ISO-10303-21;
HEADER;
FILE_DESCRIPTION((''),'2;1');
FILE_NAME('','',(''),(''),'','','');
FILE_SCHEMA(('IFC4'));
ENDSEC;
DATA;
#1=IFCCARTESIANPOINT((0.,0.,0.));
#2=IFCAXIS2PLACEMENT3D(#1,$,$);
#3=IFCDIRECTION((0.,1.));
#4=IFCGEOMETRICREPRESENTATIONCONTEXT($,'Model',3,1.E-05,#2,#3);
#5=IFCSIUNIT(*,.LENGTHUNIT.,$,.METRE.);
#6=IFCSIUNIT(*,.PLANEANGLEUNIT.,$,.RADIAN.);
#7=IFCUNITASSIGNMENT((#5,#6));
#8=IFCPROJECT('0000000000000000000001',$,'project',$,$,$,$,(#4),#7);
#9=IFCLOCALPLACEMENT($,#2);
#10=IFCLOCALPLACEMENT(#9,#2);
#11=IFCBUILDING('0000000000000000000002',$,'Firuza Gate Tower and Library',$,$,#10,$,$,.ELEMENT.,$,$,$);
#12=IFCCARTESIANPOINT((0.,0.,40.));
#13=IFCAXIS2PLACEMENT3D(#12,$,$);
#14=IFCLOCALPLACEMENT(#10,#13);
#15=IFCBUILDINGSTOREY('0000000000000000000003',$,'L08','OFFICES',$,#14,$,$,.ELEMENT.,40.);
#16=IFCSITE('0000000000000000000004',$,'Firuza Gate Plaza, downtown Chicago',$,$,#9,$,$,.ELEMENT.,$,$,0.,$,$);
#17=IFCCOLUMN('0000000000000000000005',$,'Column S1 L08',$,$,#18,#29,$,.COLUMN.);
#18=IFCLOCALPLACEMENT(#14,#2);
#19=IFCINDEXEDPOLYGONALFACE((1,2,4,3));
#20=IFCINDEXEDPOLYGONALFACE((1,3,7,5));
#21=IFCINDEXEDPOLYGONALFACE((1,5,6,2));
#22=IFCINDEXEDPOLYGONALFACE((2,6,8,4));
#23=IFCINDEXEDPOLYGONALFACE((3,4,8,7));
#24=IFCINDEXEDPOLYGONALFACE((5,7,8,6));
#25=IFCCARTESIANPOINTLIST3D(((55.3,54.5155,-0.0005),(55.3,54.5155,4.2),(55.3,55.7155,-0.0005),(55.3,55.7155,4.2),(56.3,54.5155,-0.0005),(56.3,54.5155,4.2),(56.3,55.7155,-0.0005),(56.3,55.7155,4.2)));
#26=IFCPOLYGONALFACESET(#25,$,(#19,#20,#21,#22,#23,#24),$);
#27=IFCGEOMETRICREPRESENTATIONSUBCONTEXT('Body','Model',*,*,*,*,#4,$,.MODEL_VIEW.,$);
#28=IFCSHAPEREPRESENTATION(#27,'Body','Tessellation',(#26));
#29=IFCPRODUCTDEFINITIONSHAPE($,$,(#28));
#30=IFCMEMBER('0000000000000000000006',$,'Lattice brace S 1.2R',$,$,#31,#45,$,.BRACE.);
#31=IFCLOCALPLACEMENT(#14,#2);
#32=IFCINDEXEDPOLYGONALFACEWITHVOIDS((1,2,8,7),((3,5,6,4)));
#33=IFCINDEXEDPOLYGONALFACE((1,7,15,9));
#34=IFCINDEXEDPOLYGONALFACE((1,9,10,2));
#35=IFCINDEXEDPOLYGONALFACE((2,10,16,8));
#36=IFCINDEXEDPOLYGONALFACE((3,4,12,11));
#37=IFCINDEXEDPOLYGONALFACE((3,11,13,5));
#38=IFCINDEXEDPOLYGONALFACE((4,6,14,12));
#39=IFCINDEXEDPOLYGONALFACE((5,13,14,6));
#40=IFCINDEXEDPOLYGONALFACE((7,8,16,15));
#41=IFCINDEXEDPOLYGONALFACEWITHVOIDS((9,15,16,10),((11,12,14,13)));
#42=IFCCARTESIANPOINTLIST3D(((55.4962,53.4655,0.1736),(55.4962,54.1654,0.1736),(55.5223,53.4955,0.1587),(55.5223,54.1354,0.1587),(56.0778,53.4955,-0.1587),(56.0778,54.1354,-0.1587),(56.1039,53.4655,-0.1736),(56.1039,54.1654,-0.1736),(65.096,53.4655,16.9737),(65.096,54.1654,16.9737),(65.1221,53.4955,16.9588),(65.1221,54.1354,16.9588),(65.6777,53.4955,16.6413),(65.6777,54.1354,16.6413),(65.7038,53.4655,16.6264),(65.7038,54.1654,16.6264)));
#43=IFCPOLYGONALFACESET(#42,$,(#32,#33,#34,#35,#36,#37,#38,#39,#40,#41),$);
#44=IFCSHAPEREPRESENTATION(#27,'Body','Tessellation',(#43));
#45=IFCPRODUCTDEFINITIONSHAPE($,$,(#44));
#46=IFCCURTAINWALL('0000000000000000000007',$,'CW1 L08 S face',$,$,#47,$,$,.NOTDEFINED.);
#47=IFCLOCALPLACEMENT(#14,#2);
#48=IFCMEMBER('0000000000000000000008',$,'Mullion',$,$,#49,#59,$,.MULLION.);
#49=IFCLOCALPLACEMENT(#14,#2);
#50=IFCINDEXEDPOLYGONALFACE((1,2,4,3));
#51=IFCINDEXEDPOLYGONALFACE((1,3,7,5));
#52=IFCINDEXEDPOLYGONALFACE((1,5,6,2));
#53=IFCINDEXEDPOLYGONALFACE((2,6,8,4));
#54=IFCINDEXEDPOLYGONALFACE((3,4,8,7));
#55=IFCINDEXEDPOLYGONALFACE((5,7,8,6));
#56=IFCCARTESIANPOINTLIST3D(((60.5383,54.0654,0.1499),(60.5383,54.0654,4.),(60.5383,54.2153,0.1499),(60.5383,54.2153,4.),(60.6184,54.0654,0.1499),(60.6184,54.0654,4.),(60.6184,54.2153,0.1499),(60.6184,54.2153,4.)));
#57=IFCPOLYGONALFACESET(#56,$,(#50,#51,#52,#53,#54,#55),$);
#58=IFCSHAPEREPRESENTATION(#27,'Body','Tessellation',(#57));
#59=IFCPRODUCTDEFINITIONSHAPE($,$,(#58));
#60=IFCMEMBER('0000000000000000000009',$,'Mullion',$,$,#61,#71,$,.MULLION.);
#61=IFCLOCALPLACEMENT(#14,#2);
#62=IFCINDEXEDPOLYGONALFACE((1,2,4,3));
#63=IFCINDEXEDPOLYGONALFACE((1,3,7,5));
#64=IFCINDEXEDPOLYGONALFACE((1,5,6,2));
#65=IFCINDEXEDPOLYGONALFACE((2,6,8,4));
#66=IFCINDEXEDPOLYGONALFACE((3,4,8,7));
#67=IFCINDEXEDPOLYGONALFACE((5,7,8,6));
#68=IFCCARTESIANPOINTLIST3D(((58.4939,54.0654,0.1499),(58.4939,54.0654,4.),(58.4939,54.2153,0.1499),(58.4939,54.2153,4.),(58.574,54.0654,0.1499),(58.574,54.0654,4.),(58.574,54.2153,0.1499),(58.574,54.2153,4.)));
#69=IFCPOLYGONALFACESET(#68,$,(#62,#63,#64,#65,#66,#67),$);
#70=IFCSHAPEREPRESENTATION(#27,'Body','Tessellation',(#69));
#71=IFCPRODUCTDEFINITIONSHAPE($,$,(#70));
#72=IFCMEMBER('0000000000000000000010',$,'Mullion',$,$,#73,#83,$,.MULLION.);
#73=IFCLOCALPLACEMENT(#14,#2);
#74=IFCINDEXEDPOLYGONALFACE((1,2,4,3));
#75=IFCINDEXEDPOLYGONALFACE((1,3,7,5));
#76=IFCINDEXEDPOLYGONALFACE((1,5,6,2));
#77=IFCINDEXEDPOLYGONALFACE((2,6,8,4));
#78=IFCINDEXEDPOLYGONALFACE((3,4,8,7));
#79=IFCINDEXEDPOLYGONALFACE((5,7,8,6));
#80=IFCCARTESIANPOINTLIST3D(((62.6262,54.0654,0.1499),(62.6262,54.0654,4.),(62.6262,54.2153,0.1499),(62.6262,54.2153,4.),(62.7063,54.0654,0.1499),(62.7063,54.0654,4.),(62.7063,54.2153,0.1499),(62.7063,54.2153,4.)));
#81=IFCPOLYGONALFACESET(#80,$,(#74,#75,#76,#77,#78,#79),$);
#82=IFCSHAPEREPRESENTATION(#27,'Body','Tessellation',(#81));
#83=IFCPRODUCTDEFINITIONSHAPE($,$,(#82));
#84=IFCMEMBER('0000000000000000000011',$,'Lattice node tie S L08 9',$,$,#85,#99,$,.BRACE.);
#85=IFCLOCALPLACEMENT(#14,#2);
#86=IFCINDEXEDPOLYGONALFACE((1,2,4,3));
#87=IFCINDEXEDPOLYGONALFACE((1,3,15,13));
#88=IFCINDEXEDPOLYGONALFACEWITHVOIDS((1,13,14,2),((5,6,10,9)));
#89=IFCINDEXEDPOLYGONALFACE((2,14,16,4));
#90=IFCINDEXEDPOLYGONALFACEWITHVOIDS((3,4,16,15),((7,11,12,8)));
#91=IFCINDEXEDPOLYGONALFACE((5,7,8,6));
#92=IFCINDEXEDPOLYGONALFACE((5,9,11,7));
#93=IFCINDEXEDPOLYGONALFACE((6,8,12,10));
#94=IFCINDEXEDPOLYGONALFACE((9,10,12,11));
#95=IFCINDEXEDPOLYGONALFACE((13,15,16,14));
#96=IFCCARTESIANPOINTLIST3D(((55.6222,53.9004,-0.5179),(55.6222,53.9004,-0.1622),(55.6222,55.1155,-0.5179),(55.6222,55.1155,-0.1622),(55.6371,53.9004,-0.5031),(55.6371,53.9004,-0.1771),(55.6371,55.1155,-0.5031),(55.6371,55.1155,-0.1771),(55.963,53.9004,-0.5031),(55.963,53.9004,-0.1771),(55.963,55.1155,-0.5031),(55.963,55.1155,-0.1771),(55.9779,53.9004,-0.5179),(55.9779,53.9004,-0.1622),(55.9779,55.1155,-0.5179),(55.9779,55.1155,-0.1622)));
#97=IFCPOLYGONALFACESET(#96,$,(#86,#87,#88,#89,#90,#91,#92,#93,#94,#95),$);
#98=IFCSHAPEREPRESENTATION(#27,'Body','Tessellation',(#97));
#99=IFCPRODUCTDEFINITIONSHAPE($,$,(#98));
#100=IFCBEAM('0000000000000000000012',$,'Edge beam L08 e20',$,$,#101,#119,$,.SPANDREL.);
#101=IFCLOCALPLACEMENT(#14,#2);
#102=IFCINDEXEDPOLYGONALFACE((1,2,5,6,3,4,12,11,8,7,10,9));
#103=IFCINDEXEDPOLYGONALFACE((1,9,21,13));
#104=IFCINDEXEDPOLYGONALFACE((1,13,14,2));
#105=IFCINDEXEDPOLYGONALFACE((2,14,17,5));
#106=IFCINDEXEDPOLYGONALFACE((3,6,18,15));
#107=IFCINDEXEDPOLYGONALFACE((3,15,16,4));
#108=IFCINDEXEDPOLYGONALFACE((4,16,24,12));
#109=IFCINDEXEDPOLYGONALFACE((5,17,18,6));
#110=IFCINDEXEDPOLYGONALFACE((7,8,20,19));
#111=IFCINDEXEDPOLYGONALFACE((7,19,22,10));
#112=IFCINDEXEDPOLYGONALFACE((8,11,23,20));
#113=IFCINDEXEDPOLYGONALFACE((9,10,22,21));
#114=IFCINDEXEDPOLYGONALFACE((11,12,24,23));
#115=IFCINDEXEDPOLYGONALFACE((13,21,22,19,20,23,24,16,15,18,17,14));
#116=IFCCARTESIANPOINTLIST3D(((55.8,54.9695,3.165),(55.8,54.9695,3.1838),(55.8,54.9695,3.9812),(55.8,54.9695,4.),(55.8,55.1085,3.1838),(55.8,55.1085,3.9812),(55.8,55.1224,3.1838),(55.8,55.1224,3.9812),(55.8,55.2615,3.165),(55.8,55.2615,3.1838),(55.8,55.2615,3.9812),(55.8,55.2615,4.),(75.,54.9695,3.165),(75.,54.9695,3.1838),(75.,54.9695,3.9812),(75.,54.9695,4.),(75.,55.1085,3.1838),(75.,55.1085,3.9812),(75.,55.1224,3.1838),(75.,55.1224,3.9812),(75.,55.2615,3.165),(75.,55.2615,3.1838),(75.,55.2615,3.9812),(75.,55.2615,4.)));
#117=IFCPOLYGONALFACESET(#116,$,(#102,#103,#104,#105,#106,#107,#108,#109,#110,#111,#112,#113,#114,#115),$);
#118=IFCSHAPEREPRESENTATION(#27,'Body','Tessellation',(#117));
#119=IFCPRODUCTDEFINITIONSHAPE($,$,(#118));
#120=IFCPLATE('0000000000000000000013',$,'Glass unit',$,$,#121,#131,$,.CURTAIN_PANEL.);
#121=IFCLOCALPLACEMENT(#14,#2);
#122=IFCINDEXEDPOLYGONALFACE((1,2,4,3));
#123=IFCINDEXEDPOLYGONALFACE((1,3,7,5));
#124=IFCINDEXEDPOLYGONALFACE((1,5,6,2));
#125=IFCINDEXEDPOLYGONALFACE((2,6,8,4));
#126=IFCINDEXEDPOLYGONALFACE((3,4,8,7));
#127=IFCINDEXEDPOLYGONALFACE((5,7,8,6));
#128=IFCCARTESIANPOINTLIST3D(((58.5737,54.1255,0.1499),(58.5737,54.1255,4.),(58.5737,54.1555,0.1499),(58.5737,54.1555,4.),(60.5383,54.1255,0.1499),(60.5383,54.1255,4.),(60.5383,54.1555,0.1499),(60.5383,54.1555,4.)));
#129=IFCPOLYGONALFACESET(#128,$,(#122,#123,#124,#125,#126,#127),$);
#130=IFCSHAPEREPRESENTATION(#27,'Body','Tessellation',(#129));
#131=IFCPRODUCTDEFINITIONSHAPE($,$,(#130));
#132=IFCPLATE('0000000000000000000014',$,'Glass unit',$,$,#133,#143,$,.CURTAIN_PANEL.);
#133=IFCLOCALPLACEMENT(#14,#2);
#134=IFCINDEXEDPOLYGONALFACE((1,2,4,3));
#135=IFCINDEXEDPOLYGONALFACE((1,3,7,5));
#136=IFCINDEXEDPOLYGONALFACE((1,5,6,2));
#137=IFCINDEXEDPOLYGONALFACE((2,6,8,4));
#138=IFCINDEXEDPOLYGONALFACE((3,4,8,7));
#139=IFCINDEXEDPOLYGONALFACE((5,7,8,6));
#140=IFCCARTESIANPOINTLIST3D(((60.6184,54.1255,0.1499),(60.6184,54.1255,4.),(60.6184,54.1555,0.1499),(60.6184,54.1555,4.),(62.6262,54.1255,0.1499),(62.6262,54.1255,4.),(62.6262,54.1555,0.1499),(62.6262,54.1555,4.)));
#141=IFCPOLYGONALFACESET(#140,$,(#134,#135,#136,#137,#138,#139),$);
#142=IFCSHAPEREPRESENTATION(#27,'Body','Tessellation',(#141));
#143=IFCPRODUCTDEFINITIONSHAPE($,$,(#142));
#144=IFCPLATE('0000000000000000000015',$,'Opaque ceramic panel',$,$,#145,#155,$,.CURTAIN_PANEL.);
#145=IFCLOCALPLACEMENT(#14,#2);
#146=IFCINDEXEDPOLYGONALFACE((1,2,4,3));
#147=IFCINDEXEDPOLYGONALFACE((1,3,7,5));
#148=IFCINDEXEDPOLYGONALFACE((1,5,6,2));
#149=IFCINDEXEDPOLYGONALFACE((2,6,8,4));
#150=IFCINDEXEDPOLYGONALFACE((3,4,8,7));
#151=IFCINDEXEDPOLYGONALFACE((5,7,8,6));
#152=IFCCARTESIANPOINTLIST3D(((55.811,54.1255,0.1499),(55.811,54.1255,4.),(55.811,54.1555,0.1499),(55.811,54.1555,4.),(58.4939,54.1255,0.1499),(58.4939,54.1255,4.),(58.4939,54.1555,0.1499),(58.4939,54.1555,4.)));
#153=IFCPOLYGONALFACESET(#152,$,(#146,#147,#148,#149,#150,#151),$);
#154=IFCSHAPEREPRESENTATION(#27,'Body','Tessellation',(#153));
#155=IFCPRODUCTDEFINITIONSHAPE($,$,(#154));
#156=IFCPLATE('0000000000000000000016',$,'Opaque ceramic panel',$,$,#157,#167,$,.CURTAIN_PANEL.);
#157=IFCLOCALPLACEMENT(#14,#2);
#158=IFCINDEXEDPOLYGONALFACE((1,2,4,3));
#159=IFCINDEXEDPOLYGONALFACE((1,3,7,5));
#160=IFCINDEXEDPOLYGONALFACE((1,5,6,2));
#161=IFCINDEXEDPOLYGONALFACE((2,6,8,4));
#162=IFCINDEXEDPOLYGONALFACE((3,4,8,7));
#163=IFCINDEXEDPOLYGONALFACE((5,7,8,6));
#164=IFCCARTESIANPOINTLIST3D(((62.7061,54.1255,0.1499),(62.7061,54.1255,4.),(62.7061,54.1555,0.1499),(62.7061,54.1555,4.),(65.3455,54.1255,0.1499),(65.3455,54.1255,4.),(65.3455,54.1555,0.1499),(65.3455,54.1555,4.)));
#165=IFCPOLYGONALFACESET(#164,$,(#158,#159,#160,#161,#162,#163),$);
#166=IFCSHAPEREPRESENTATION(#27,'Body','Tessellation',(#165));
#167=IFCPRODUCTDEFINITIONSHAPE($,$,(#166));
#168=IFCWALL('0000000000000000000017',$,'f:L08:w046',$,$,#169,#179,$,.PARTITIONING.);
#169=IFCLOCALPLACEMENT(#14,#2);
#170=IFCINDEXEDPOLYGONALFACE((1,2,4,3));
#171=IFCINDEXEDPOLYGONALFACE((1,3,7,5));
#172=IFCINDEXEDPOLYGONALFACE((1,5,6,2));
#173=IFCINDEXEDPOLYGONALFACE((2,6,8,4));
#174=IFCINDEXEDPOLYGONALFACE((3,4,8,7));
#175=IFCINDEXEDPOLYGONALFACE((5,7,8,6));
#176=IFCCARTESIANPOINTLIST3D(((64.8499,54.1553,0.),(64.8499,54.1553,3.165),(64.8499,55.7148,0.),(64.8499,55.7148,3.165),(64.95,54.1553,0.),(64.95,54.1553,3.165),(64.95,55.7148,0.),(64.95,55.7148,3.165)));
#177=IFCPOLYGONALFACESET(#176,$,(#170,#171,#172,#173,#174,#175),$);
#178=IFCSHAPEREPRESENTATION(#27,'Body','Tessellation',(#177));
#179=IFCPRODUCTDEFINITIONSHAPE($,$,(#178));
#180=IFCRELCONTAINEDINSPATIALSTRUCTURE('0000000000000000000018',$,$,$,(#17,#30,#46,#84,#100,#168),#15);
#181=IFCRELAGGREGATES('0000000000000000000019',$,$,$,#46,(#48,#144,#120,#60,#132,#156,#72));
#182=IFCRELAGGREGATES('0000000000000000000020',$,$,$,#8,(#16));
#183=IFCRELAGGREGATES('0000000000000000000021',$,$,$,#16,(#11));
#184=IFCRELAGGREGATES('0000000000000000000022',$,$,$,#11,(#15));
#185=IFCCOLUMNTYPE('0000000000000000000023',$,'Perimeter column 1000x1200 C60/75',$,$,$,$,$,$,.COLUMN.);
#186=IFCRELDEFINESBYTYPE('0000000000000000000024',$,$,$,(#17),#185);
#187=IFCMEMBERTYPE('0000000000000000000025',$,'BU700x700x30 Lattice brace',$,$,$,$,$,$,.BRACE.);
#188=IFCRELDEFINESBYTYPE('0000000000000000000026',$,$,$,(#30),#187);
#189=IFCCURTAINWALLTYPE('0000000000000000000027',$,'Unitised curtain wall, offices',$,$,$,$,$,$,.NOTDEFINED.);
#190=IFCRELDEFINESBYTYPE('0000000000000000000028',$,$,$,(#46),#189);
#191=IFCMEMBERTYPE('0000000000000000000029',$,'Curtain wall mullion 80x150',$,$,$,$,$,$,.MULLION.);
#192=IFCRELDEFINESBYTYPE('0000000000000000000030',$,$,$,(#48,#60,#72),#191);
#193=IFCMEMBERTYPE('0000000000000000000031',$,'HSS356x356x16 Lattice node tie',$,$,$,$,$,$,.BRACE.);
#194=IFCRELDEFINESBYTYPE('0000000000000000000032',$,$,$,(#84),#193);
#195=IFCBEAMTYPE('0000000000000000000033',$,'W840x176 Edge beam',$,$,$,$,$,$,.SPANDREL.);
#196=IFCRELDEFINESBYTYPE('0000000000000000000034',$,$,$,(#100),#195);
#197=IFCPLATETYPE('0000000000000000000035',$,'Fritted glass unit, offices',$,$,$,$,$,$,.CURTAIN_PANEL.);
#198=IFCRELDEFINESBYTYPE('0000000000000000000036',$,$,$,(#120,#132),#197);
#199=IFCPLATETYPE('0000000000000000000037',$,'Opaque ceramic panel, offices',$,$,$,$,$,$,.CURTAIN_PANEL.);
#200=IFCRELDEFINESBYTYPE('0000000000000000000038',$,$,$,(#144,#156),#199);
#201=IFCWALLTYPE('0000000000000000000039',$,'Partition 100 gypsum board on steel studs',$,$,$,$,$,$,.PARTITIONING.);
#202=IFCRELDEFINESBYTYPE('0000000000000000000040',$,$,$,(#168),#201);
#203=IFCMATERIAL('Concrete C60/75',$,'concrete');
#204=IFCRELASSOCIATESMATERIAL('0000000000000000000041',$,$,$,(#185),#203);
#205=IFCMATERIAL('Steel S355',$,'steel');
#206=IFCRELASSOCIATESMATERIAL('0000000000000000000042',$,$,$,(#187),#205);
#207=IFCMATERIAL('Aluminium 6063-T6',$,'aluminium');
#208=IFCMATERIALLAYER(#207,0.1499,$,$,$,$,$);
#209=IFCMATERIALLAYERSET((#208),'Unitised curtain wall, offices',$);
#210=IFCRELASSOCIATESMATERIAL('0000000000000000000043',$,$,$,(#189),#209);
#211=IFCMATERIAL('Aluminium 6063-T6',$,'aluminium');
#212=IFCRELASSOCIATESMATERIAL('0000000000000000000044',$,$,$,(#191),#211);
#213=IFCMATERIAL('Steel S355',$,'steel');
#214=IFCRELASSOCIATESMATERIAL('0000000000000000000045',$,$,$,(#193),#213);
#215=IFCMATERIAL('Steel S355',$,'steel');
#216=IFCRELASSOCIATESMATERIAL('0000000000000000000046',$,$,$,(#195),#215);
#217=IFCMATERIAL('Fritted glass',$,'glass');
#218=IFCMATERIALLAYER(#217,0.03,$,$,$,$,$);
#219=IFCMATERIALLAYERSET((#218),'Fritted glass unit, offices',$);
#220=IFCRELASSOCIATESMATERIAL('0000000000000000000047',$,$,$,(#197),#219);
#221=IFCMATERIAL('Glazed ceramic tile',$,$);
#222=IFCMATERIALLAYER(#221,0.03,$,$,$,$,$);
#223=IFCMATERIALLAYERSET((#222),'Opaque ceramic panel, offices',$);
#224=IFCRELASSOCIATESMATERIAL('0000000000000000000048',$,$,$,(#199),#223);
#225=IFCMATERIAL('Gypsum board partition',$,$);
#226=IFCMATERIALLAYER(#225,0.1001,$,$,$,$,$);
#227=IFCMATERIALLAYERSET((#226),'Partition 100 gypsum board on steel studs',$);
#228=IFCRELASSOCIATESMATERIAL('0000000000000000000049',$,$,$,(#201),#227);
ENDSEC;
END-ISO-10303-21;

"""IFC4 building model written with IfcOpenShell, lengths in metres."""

from ifc_helpers import new_model, si_unit, direction, frame, frame_2d, origin, origin_2d, place, context, subcontext, project, spatial, polyline, rectangle, hollow_rectangle, i_section, outline, extrude, material, layer, layer_set, material_profile, profile_set, type_object, element, aggregate, save


model = new_model("IFC4")

# Units and contexts
model_context = context("Model", 3, precision=1e-05, world=origin(), true_north=direction((0.0, 1.0)))
body_context = subcontext(model_context, "Body", "Model", "MODEL_VIEW")
ifc_project = project(units=[si_unit("LENGTHUNIT", "METRE"), si_unit("PLANEANGLEUNIT", "RADIAN")], contexts=[model_context])

# Site, building, storey
site_placement = place(None, origin())
site = spatial("IfcSite", under=ifc_project, at=site_placement, Name="Firuza Gate Plaza, downtown Chicago", CompositionType="ELEMENT", RefElevation=0.0)
building_placement = place(site_placement, origin())
building = spatial("IfcBuilding", under=site, at=building_placement, Name="Firuza Gate Tower and Library", CompositionType="ELEMENT")
storey_placement = place(building_placement, frame((0.0, 0.0, 40.0)))
storey = spatial("IfcBuildingStorey", under=building, at=storey_placement, Name="L08", Description="OFFICES", CompositionType="ELEMENT", Elevation=40.0)

# Column
ifc_material_1 = material(Name="Concrete C60/75", Category="concrete")
ifc_material_profile_1 = material_profile(ifc_material_1, rectangle(XDim=1.0, YDim=1.2, at=origin_2d()))
ifc_profile_set_1 = profile_set([ifc_material_profile_1], Name="Concrete C60/75")
column_type = type_object("IfcColumnType", Name="Perimeter column 1000x1200 C60/75", PredefinedType="COLUMN", material=ifc_profile_set_1)
column_placement = place(storey_placement, frame((55.8, 55.1155, -0.0005), z_axis=(0.0, 0.0, 1.0), x_axis=(1.0, 0.0, 0.0)))
element("IfcColumn", 1, at=column_placement, inside=storey, type_object=column_type, Name="Column S1 L08", PredefinedType="COLUMN", context=body_context, shape_type="SweptSolid", body=[
    extrude(rectangle(XDim=1.0, YDim=1.2, at=origin_2d()), origin(), (0.0, 0.0, 1.0), 4.2004),
])

# Member
ifc_material_2 = material(Name="Steel S355", Category="steel")
ifc_material_profile_2 = material_profile(ifc_material_2, hollow_rectangle(XDim=0.7, YDim=0.7, WallThickness=0.03, at=origin_2d()))
ifc_profile_set_2 = profile_set([ifc_material_profile_2], Name="Steel S355")
member_type_1 = type_object("IfcMemberType", Name="BU700x700x30 Lattice brace", PredefinedType="BRACE", material=ifc_profile_set_2)
member_1_placement = place(storey_placement, frame((55.8, 53.8154, 0.0), z_axis=(0.496132, 0.0, 0.868247), x_axis=(0.0, 1.0, 0.0)))
element("IfcMember", 2, at=member_1_placement, inside=storey, type_object=member_type_1, Name="Lattice brace S 1.2R", PredefinedType="BRACE", context=body_context, shape_type="SweptSolid", body=[
    extrude(hollow_rectangle(XDim=0.7, YDim=0.7, WallThickness=0.03, at=origin_2d()), origin(), (0.0, 0.0, 1.0), 19.3494),
])

# Curtain wall, members
ifc_material_3 = material(Name="Aluminium 6063-T6", Category="aluminium")
ifc_layer_1 = layer(ifc_material_3, 0.1499)
ifc_layer_set_1 = layer_set([ifc_layer_1], Name="Unitised curtain wall, offices")
curtain_wall_type = type_object("IfcCurtainWallType", Name="Unitised curtain wall, offices", PredefinedType="NOTDEFINED", material=ifc_layer_set_1)
curtain_wall_placement = place(storey_placement, origin())
curtain_wall = element("IfcCurtainWall", 3, at=curtain_wall_placement, inside=storey, type_object=curtain_wall_type, Name="CW1 L08 S face", PredefinedType="NOTDEFINED")
ifc_material_4 = material(Name="Aluminium 6063-T6", Category="aluminium")
ifc_material_profile_3 = material_profile(ifc_material_4, rectangle(XDim=0.1499, YDim=0.0801, at=origin_2d()))
ifc_profile_set_3 = profile_set([ifc_material_profile_3], Name="Aluminium 6063-T6")
member_type_2 = type_object("IfcMemberType", Name="Curtain wall mullion 80x150", PredefinedType="MULLION", material=ifc_profile_set_3)
member_2_placement = place(storey_placement, frame((60.5784, 54.1404, 0.1499), z_axis=(0.0, 0.0, 1.0), x_axis=(0.0, 1.0, 0.0)))
member_2 = element("IfcMember", 4, at=member_2_placement, type_object=member_type_2, Name="Mullion", PredefinedType="MULLION", context=body_context, shape_type="SweptSolid", body=[
    extrude(rectangle(XDim=0.1499, YDim=0.0801, at=origin_2d()), origin(), (0.0, 0.0, 1.0), 3.8501),
])
member_3_placement = place(storey_placement, frame((58.5339, 54.1404, 0.1499), z_axis=(0.0, 0.0, 1.0), x_axis=(0.0, 1.0, 0.0)))
member_3 = element("IfcMember", 5, at=member_3_placement, type_object=member_type_2, Name="Mullion", PredefinedType="MULLION", context=body_context, shape_type="SweptSolid", body=[
    extrude(rectangle(XDim=0.1499, YDim=0.0801, at=origin_2d()), origin(), (0.0, 0.0, 1.0), 3.8501),
])
member_4_placement = place(storey_placement, frame((62.6663, 54.1404, 0.1499), z_axis=(0.0, 0.0, 1.0), x_axis=(0.0, 1.0, 0.0)))
member_4 = element("IfcMember", 6, at=member_4_placement, type_object=member_type_2, Name="Mullion", PredefinedType="MULLION", context=body_context, shape_type="SweptSolid", body=[
    extrude(rectangle(XDim=0.1499, YDim=0.0801, at=origin_2d()), origin(), (0.0, 0.0, 1.0), 3.8501),
])

# Member
ifc_material_5 = material(Name="Steel S355", Category="steel")
ifc_material_profile_4 = material_profile(ifc_material_5, hollow_rectangle(XDim=0.3557, YDim=0.3557, WallThickness=0.0149, at=origin_2d()))
ifc_profile_set_4 = profile_set([ifc_material_profile_4], Name="Steel S355")
member_type_3 = type_object("IfcMemberType", Name="HSS356x356x16 Lattice node tie", PredefinedType="BRACE", material=ifc_profile_set_4)
member_5_placement = place(storey_placement, frame((55.8, 55.1155, -0.3401), z_axis=(0.0, -1.0, 0.0), x_axis=(1.0, 0.0, 0.0)))
element("IfcMember", 7, at=member_5_placement, inside=storey, type_object=member_type_3, Name="Lattice node tie S L08 9", PredefinedType="BRACE", context=body_context, shape_type="SweptSolid", body=[
    extrude(hollow_rectangle(XDim=0.3557, YDim=0.3557, WallThickness=0.0149, at=origin_2d()), origin(), (0.0, 0.0, 1.0), 1.2151),
])

# Beam
ifc_material_6 = material(Name="Steel S355", Category="steel")
ifc_material_profile_5 = material_profile(ifc_material_6, i_section(OverallWidth=0.292, OverallDepth=0.835, WebThickness=0.0139, FlangeThickness=0.0188, at=origin_2d()))
ifc_profile_set_5 = profile_set([ifc_material_profile_5], Name="Steel S355")
beam_type = type_object("IfcBeamType", Name="W840x176 Edge beam", PredefinedType="SPANDREL", material=ifc_profile_set_5)
beam_placement = place(storey_placement, frame((55.8, 55.1155, 3.5825), z_axis=(1.0, 0.0, 0.0), x_axis=(0.0, 1.0, 0.0)))
element("IfcBeam", 8, at=beam_placement, inside=storey, type_object=beam_type, Name="Edge beam L08 e20", PredefinedType="SPANDREL", context=body_context, shape_type="SweptSolid", body=[
    extrude(i_section(OverallWidth=0.292, OverallDepth=0.835, WebThickness=0.0139, FlangeThickness=0.0188, at=origin_2d()), origin(), (0.0, 0.0, 1.0), 19.2),
])

# Plates
ifc_material_7 = material(Name="Fritted glass", Category="glass")
ifc_layer_2 = layer(ifc_material_7, 0.03)
ifc_layer_set_2 = layer_set([ifc_layer_2], Name="Fritted glass unit, offices")
plate_type_1 = type_object("IfcPlateType", Name="Fritted glass unit, offices", PredefinedType="CURTAIN_PANEL", material=ifc_layer_set_2)
plate_1_placement = place(storey_placement, frame((58.5737, 54.1255, 0.1499), z_axis=(0.0, -1.0, 0.0), x_axis=(1.0, 0.0, 0.0)))
plate_1 = element("IfcPlate", 9, at=plate_1_placement, type_object=plate_type_1, Name="Glass unit", PredefinedType="CURTAIN_PANEL", context=body_context, shape_type="SweptSolid", body=[
    extrude(outline(polyline([(0.0, 0.0), (1.9646, 0.0), (1.9646, 3.8501), (0.0, 3.8501), (0.0, 0.0)])), origin(), (0.0, 0.0, -1.0), 0.03),
])
plate_2_placement = place(storey_placement, frame((60.6184, 54.1255, 0.1499), z_axis=(0.0, -1.0, 0.0), x_axis=(1.0, 0.0, 0.0)))
plate_2 = element("IfcPlate", 10, at=plate_2_placement, type_object=plate_type_1, Name="Glass unit", PredefinedType="CURTAIN_PANEL", context=body_context, shape_type="SweptSolid", body=[
    extrude(outline(polyline([(0.0, 0.0), (2.0078, 0.0), (2.0078, 3.8501), (0.0, 3.8501), (0.0, 0.0)])), origin(), (0.0, 0.0, -1.0), 0.03),
])
ifc_material_8 = material(Name="Glazed ceramic tile")
ifc_layer_3 = layer(ifc_material_8, 0.03)
ifc_layer_set_3 = layer_set([ifc_layer_3], Name="Opaque ceramic panel, offices")
plate_type_2 = type_object("IfcPlateType", Name="Opaque ceramic panel, offices", PredefinedType="CURTAIN_PANEL", material=ifc_layer_set_3)
plate_3_placement = place(storey_placement, frame((55.811, 54.1255, 0.1499), z_axis=(0.0, -1.0, 0.0), x_axis=(1.0, 0.0, 0.0)))
plate_3 = element("IfcPlate", 11, at=plate_3_placement, type_object=plate_type_2, Name="Opaque ceramic panel", PredefinedType="CURTAIN_PANEL", context=body_context, shape_type="SweptSolid", body=[
    extrude(outline(polyline([(0.0, 0.0), (2.6829, 0.0), (2.6829, 3.8501), (0.0, 3.8501), (0.0, 0.0)])), origin(), (0.0, 0.0, -1.0), 0.03),
])
plate_4_placement = place(storey_placement, frame((62.7061, 54.1255, 0.1499), z_axis=(0.0, -1.0, 0.0), x_axis=(1.0, 0.0, 0.0)))
plate_4 = element("IfcPlate", 12, at=plate_4_placement, type_object=plate_type_2, Name="Opaque ceramic panel", PredefinedType="CURTAIN_PANEL", context=body_context, shape_type="SweptSolid", body=[
    extrude(outline(polyline([(0.0, 0.0), (2.6394, 0.0), (2.6394, 3.8501), (0.0, 3.8501), (0.0, 0.0)])), origin(), (0.0, 0.0, -1.0), 0.03),
])
aggregate(curtain_wall, [member_2, plate_3, plate_1, member_3, plate_2, plate_4, member_4])

# Wall
ifc_material_9 = material(Name="Gypsum board partition")
ifc_layer_4 = layer(ifc_material_9, 0.1001)
ifc_layer_set_4 = layer_set([ifc_layer_4], Name="Partition 100 gypsum board on steel studs")
wall_type = type_object("IfcWallType", Name="Partition 100 gypsum board on steel studs", PredefinedType="PARTITIONING", material=ifc_layer_set_4)
wall_1_placement = place(storey_placement, frame((64.8999, 54.1553, 0.0), z_axis=(0.0, 0.0, 1.0), x_axis=(0.0, 1.0, 0.0)))
element("IfcWall", 13, at=wall_1_placement, inside=storey, type_object=wall_type, Name="f:L08:w046", PredefinedType="PARTITIONING", context=body_context, shape_type="SweptSolid", body=[
    extrude(rectangle(XDim=1.5596, YDim=0.1001, at=frame_2d((0.7798, 0.0))), origin(), (0.0, 0.0, 1.0), 3.165),
])

save(model, "model.ifc")
